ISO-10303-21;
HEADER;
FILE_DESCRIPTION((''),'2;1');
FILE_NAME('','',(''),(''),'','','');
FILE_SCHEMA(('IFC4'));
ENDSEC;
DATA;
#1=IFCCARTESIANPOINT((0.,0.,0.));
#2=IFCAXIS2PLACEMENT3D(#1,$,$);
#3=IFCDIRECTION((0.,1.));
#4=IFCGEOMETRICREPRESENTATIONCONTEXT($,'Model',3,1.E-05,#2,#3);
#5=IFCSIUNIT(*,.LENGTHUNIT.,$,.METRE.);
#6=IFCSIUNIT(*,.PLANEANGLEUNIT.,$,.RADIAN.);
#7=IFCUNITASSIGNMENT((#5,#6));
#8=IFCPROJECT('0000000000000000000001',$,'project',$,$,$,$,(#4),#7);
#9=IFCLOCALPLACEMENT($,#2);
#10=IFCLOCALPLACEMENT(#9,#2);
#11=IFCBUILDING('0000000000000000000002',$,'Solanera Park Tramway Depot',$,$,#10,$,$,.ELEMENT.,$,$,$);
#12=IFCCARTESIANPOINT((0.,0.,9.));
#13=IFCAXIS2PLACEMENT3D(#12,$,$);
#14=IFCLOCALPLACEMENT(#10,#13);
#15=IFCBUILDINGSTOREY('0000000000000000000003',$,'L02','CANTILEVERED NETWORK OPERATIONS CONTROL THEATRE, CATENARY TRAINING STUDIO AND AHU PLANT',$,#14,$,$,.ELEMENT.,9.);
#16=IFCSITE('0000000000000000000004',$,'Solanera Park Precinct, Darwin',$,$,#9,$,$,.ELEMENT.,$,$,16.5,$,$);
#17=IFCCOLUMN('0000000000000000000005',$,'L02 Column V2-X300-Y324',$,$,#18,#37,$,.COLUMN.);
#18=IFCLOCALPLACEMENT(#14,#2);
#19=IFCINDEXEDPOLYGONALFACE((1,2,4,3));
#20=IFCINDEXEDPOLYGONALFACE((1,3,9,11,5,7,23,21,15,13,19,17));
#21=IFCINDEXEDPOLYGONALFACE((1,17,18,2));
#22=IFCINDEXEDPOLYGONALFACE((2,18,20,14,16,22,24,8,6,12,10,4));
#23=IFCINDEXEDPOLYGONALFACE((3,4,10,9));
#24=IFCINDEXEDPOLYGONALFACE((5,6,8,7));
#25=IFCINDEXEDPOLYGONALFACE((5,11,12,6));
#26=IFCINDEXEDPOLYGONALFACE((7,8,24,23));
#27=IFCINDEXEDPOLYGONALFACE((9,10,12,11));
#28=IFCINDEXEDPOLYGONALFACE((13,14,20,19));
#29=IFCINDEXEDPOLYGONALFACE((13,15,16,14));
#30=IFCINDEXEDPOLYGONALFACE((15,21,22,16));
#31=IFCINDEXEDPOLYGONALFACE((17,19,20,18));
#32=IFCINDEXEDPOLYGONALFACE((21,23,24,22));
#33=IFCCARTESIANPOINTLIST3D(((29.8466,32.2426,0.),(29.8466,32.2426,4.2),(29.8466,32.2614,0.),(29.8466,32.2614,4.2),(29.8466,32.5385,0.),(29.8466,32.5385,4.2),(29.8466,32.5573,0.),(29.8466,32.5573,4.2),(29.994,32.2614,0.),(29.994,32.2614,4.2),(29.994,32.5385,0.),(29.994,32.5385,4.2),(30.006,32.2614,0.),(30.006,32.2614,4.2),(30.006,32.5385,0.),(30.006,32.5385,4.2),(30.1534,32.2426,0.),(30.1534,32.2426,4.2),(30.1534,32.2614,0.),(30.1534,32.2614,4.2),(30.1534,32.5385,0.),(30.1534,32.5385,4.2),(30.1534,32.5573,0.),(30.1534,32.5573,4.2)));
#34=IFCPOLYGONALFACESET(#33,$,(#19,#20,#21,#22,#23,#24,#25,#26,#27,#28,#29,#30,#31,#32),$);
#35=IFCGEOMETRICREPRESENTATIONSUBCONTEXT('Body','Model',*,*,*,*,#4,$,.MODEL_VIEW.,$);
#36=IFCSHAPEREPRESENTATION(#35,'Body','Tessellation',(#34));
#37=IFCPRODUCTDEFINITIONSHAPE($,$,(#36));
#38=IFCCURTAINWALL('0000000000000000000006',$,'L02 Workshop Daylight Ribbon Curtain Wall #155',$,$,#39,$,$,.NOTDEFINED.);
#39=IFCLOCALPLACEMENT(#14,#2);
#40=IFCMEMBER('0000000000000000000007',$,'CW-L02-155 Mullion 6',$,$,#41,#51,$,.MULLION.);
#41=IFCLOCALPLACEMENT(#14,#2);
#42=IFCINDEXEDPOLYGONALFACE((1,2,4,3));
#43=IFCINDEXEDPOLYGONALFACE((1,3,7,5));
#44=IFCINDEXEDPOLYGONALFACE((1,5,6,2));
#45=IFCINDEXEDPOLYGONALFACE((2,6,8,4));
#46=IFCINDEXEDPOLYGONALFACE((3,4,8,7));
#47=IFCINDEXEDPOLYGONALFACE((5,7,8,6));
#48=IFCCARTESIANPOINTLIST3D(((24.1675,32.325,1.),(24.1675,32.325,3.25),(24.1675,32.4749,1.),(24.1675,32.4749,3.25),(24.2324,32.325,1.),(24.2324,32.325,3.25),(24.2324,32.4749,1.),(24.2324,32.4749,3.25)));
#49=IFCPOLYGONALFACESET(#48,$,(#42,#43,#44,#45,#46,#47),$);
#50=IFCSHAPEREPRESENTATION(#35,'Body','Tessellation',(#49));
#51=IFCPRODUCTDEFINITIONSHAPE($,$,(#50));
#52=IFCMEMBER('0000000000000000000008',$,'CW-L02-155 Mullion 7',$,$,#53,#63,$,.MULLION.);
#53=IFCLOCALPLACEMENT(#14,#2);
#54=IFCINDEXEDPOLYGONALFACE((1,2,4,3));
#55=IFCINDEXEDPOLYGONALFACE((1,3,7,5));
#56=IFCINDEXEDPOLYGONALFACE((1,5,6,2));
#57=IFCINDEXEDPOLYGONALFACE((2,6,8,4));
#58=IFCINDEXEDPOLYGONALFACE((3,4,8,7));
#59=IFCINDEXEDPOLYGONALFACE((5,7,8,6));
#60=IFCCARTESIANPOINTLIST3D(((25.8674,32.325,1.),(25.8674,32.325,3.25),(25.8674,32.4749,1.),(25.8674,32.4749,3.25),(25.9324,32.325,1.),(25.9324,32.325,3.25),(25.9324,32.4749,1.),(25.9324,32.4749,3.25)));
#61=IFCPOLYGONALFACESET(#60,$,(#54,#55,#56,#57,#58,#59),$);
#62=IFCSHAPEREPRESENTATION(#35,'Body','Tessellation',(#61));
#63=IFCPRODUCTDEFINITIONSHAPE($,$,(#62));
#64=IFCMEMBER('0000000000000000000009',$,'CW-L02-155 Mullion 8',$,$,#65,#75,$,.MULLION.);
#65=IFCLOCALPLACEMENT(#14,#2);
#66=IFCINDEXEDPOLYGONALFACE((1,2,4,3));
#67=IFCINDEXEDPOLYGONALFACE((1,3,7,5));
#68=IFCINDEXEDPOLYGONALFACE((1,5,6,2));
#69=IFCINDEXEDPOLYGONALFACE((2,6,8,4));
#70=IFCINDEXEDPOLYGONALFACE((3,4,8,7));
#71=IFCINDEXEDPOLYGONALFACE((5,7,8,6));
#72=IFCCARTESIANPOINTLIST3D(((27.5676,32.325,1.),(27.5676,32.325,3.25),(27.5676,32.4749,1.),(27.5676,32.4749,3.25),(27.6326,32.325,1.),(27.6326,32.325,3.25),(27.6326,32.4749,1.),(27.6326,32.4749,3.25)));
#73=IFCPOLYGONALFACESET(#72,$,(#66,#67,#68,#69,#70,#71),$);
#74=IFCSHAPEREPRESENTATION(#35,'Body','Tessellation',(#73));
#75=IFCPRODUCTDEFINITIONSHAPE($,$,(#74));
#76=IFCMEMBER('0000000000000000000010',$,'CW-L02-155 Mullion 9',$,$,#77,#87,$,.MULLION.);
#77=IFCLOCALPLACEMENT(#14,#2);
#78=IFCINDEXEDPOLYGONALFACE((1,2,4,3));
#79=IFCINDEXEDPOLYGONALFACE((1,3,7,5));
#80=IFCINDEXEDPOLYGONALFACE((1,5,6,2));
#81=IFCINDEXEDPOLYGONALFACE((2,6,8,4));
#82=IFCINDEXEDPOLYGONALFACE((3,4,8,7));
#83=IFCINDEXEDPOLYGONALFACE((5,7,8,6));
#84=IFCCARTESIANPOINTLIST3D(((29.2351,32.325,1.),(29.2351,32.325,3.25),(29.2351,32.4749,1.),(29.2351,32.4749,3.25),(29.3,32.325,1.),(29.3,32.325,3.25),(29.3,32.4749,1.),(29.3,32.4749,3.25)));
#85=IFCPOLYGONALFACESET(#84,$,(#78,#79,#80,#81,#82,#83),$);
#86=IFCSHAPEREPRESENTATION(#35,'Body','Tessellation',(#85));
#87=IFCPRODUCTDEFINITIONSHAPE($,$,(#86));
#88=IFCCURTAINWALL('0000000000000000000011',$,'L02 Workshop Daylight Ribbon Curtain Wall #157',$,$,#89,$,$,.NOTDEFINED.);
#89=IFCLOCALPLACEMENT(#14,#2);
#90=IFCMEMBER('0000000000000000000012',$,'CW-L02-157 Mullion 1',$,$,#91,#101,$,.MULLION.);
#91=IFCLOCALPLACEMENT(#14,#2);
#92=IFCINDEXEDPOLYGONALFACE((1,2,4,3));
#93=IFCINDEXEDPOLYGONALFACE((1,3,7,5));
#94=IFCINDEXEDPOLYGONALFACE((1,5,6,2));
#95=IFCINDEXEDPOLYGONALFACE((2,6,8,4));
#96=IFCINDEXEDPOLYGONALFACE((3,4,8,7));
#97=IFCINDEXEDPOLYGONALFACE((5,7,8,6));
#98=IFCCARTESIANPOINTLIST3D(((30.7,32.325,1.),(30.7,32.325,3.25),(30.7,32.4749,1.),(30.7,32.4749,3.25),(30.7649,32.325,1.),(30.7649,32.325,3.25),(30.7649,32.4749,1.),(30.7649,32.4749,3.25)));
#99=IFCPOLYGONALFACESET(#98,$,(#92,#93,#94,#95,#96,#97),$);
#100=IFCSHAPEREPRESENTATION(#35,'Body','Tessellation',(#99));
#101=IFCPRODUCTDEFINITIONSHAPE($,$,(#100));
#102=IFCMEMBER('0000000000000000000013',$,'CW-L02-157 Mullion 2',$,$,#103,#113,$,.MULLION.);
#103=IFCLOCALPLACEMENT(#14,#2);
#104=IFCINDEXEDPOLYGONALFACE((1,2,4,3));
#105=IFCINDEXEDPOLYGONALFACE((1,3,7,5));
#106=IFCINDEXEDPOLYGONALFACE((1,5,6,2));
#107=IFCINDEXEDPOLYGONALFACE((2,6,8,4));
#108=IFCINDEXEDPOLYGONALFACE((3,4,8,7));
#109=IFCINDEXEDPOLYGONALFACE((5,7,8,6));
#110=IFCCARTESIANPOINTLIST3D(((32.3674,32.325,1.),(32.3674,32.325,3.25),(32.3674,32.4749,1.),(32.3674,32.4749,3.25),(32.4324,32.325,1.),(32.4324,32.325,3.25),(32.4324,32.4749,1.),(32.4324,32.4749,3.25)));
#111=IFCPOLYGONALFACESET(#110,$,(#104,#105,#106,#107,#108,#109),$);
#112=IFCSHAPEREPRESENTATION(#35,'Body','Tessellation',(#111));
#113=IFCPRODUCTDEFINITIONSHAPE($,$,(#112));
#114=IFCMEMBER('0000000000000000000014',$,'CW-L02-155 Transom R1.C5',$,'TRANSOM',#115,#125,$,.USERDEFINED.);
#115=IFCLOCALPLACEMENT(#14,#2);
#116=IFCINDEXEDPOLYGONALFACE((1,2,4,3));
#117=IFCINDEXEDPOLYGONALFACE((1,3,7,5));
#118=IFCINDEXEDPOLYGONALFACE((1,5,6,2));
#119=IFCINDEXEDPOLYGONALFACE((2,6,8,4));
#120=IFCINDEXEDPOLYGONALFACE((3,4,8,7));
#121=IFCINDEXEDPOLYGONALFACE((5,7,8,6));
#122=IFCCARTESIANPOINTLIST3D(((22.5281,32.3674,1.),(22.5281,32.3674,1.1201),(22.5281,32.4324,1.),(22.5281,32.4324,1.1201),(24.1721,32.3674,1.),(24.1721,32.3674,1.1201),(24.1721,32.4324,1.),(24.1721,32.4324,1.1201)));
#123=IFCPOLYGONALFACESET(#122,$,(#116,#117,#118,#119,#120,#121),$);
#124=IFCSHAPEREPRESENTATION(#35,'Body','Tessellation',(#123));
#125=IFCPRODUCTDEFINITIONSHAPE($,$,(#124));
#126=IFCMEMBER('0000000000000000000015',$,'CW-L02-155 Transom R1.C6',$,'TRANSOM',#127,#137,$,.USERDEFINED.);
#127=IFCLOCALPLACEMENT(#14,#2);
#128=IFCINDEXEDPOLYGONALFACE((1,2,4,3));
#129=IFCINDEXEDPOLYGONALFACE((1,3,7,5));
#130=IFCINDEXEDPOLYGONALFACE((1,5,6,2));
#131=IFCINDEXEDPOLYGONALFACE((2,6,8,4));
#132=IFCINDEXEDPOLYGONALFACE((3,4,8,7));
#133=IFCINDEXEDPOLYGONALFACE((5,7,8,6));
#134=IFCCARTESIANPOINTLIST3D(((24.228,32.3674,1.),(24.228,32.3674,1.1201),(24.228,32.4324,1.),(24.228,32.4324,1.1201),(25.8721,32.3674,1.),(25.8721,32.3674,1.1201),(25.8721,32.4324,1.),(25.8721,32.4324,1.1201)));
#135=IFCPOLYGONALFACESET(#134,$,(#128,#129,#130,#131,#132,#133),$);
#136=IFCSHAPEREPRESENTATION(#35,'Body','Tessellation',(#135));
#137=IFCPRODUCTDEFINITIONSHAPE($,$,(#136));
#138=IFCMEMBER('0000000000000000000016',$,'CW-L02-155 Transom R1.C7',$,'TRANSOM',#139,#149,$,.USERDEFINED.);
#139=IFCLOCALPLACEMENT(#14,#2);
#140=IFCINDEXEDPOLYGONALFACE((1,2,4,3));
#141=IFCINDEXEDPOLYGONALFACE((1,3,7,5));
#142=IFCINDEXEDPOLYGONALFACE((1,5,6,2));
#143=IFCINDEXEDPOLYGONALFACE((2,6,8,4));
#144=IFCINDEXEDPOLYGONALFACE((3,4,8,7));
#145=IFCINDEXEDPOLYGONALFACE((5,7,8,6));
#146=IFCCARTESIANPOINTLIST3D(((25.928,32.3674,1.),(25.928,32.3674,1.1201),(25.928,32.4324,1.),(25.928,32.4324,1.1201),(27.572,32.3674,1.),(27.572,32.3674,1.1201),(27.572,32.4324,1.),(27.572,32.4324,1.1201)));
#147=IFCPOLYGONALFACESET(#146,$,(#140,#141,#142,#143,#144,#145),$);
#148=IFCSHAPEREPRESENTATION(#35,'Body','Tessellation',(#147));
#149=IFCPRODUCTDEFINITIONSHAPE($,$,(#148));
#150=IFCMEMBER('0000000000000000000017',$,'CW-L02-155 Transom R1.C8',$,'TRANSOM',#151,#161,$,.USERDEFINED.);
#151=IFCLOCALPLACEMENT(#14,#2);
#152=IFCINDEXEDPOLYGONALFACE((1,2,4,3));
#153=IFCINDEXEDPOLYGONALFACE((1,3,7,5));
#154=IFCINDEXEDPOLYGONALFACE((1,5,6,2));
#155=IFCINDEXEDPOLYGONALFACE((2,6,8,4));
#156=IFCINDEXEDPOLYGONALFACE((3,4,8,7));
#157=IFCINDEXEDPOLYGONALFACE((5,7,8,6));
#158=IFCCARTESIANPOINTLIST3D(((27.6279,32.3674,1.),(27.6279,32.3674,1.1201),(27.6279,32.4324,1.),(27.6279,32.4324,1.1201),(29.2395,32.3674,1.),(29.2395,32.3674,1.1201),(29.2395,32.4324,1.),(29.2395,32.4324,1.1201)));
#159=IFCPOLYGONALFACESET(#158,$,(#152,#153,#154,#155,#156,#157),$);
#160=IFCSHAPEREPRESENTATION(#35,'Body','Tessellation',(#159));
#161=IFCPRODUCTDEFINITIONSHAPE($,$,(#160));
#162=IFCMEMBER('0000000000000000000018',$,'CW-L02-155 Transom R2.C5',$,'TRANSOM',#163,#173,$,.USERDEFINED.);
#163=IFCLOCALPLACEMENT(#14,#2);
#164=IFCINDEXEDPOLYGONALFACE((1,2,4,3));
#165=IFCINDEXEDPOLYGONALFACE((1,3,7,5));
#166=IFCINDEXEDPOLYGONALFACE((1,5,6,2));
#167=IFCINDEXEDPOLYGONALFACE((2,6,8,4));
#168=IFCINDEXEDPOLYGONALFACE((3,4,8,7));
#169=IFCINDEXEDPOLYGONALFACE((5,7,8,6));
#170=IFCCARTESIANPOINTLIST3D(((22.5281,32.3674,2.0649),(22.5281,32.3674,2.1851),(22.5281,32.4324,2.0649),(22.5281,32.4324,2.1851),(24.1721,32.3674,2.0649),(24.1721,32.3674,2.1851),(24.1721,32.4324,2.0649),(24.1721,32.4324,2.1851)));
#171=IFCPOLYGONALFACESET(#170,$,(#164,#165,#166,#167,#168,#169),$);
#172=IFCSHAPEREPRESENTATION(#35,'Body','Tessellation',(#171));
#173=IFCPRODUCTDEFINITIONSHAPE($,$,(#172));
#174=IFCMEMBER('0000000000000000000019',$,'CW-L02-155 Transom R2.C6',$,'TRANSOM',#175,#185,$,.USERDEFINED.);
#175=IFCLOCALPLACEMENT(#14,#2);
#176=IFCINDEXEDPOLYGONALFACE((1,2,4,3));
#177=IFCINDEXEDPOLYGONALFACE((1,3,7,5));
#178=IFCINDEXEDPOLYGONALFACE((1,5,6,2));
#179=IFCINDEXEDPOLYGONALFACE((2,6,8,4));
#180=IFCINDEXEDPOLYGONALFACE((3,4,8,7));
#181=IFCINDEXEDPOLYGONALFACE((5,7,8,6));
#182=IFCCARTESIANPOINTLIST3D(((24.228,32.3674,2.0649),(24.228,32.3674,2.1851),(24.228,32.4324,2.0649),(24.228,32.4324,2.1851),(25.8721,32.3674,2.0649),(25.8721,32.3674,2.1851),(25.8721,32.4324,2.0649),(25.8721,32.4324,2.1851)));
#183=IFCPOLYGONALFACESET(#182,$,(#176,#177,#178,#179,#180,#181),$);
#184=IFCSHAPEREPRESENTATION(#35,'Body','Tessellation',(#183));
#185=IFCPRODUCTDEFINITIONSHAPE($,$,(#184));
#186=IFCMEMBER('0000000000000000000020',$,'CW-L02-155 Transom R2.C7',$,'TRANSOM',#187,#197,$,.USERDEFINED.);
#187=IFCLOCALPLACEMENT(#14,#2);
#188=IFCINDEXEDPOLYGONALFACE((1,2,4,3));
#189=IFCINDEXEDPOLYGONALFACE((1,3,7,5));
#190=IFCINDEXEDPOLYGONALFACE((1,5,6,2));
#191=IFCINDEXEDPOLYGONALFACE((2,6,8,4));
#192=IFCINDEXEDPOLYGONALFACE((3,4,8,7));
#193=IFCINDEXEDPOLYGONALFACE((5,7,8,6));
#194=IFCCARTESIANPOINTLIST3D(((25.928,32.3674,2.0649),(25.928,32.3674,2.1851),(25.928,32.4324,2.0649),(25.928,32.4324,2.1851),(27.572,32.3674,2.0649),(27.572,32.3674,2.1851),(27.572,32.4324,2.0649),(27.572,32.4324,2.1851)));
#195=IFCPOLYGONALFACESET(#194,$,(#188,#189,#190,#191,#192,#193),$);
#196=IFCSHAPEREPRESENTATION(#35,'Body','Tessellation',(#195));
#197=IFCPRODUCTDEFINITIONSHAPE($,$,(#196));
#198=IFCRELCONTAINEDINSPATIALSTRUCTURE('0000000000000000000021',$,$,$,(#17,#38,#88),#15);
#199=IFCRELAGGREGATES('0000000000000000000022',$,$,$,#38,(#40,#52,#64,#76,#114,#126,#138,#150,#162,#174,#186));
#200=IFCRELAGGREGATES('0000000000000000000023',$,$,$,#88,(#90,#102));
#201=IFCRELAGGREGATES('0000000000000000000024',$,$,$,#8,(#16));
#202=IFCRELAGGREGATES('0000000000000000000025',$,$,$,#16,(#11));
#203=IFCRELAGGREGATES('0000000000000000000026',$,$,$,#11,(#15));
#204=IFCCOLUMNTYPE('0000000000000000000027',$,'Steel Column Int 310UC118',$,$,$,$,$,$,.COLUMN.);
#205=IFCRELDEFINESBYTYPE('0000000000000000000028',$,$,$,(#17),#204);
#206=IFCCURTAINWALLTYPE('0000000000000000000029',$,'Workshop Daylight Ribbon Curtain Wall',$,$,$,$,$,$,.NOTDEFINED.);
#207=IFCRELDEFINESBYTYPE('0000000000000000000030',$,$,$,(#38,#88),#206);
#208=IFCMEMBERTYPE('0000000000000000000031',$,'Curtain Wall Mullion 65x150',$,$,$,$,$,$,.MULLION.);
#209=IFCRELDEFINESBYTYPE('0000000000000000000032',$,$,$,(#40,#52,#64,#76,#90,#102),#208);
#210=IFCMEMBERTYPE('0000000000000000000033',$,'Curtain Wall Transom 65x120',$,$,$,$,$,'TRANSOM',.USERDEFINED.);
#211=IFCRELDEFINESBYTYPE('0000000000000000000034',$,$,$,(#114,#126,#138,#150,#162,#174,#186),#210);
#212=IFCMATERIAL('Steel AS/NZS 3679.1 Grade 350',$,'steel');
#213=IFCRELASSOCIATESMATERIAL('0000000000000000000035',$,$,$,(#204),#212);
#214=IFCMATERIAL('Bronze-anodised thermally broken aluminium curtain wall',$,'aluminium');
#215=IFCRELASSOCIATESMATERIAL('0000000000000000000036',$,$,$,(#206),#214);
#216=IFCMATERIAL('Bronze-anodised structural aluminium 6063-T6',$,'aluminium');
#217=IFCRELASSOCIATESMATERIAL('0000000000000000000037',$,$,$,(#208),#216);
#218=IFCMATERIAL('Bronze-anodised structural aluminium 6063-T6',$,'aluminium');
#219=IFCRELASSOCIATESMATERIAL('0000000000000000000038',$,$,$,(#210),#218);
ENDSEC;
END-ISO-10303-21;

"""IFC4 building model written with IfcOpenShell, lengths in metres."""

from ifc_helpers import new_model, si_unit, direction, frame, origin, origin_2d, place, context, subcontext, project, spatial, rectangle, i_section, extrude, material, material_profile, profile_set, type_object, element, aggregate, save


model = new_model("IFC4")

# Units and contexts
model_context = context("Model", 3, precision=1e-05, world=origin(), true_north=direction((0.0, 1.0)))
body_context = subcontext(model_context, "Body", "Model", "MODEL_VIEW")
ifc_project = project(units=[si_unit("LENGTHUNIT", "METRE"), si_unit("PLANEANGLEUNIT", "RADIAN")], contexts=[model_context])

# Site, building, storey
site_placement = place(None, origin())
site = spatial("IfcSite", under=ifc_project, at=site_placement, Name="Solanera Park Precinct, Darwin", CompositionType="ELEMENT", RefElevation=16.5)
building_placement = place(site_placement, origin())
building = spatial("IfcBuilding", under=site, at=building_placement, Name="Solanera Park Tramway Depot", CompositionType="ELEMENT")
storey_placement = place(building_placement, frame((0.0, 0.0, 9.0)))
storey = spatial("IfcBuildingStorey", under=building, at=storey_placement, Name="L02", Description="CANTILEVERED NETWORK OPERATIONS CONTROL THEATRE, CATENARY TRAINING STUDIO AND AHU PLANT", CompositionType="ELEMENT", Elevation=9.0)

# Column
ifc_material_1 = material(Name="Steel AS/NZS 3679.1 Grade 350", Category="steel")
ifc_material_profile_1 = material_profile(ifc_material_1, i_section(OverallWidth=0.3069, OverallDepth=0.3147, WebThickness=0.012, FlangeThickness=0.0188, at=origin_2d()), Name="310UC118")
ifc_profile_set_1 = profile_set([ifc_material_profile_1], Name="Steel AS/NZS 3679.1 Grade 350")
column_type = type_object("IfcColumnType", Name="Steel Column Int 310UC118", PredefinedType="COLUMN", material=ifc_profile_set_1)
column_placement = place(storey_placement, frame((30.0, 32.3999, 0.0), z_axis=(0.0, 0.0, 1.0), x_axis=(1.0, 0.0, 0.0)))
element("IfcColumn", 1, at=column_placement, inside=storey, type_object=column_type, Name="L02 Column V2-X300-Y324", PredefinedType="COLUMN", context=body_context, shape_type="SweptSolid", body=[
    extrude(i_section(OverallWidth=0.3069, OverallDepth=0.3147, WebThickness=0.012, FlangeThickness=0.0188, at=origin_2d()), origin(), (0.0, 0.0, 1.0), 4.2),
])

# Curtain walls, members
ifc_material_2 = material(Name="Bronze-anodised thermally broken aluminium curtain wall", Category="aluminium")
curtain_wall_type = type_object("IfcCurtainWallType", Name="Workshop Daylight Ribbon Curtain Wall", PredefinedType="NOTDEFINED", material=ifc_material_2)
curtain_wall_1_placement = place(storey_placement, origin())
curtain_wall_1 = element("IfcCurtainWall", 2, at=curtain_wall_1_placement, inside=storey, type_object=curtain_wall_type, Name="L02 Workshop Daylight Ribbon Curtain Wall #155", PredefinedType="NOTDEFINED")
ifc_material_3 = material(Name="Bronze-anodised structural aluminium 6063-T6", Category="aluminium")
ifc_material_profile_2 = material_profile(ifc_material_3, rectangle(XDim=0.0649, YDim=0.1499, at=origin_2d()), Name="Curtain Wall Mullion 65x150")
ifc_profile_set_2 = profile_set([ifc_material_profile_2], Name="Bronze-anodised structural aluminium 6063-T6")
member_type_1 = type_object("IfcMemberType", Name="Curtain Wall Mullion 65x150", PredefinedType="MULLION", material=ifc_profile_set_2)
member_1_placement = place(storey_placement, frame((24.2, 32.3999, 1.0), z_axis=(0.0, 0.0, 1.0), x_axis=(1.0, 0.0, 0.0)))
member_1 = element("IfcMember", 3, at=member_1_placement, type_object=member_type_1, Name="CW-L02-155 Mullion 6", PredefinedType="MULLION", context=body_context, shape_type="SweptSolid", body=[
    extrude(rectangle(XDim=0.0649, YDim=0.1499, at=origin_2d()), origin(), (0.0, 0.0, 1.0), 2.25),
])
member_2_placement = place(storey_placement, frame((25.8999, 32.3999, 1.0), z_axis=(0.0, 0.0, 1.0), x_axis=(1.0, 0.0, 0.0)))
member_2 = element("IfcMember", 4, at=member_2_placement, type_object=member_type_1, Name="CW-L02-155 Mullion 7", PredefinedType="MULLION", context=body_context, shape_type="SweptSolid", body=[
    extrude(rectangle(XDim=0.0649, YDim=0.1499, at=origin_2d()), origin(), (0.0, 0.0, 1.0), 2.25),
])
member_3_placement = place(storey_placement, frame((27.6001, 32.3999, 1.0), z_axis=(0.0, 0.0, 1.0), x_axis=(1.0, 0.0, 0.0)))
member_3 = element("IfcMember", 5, at=member_3_placement, type_object=member_type_1, Name="CW-L02-155 Mullion 8", PredefinedType="MULLION", context=body_context, shape_type="SweptSolid", body=[
    extrude(rectangle(XDim=0.0649, YDim=0.1499, at=origin_2d()), origin(), (0.0, 0.0, 1.0), 2.25),
])
member_4_placement = place(storey_placement, frame((29.2676, 32.3999, 1.0), z_axis=(0.0, 0.0, 1.0), x_axis=(1.0, 0.0, 0.0)))
member_4 = element("IfcMember", 6, at=member_4_placement, type_object=member_type_1, Name="CW-L02-155 Mullion 9", PredefinedType="MULLION", context=body_context, shape_type="SweptSolid", body=[
    extrude(rectangle(XDim=0.0649, YDim=0.1499, at=origin_2d()), origin(), (0.0, 0.0, 1.0), 2.25),
])
curtain_wall_2_placement = place(storey_placement, origin())
curtain_wall_2 = element("IfcCurtainWall", 7, at=curtain_wall_2_placement, inside=storey, type_object=curtain_wall_type, Name="L02 Workshop Daylight Ribbon Curtain Wall #157", PredefinedType="NOTDEFINED")
member_5_placement = place(storey_placement, frame((30.7324, 32.3999, 1.0), z_axis=(0.0, 0.0, 1.0), x_axis=(1.0, 0.0, 0.0)))
member_5 = element("IfcMember", 8, at=member_5_placement, type_object=member_type_1, Name="CW-L02-157 Mullion 1", PredefinedType="MULLION", context=body_context, shape_type="SweptSolid", body=[
    extrude(rectangle(XDim=0.0649, YDim=0.1499, at=origin_2d()), origin(), (0.0, 0.0, 1.0), 2.25),
])
member_6_placement = place(storey_placement, frame((32.3999, 32.3999, 1.0), z_axis=(0.0, 0.0, 1.0), x_axis=(1.0, 0.0, 0.0)))
member_6 = element("IfcMember", 9, at=member_6_placement, type_object=member_type_1, Name="CW-L02-157 Mullion 2", PredefinedType="MULLION", context=body_context, shape_type="SweptSolid", body=[
    extrude(rectangle(XDim=0.0649, YDim=0.1499, at=origin_2d()), origin(), (0.0, 0.0, 1.0), 2.25),
])

# Members
ifc_material_4 = material(Name="Bronze-anodised structural aluminium 6063-T6", Category="aluminium")
ifc_material_profile_3 = material_profile(ifc_material_4, rectangle(XDim=0.0649, YDim=0.1201, at=origin_2d()), Name="Curtain Wall Transom 65x120")
ifc_profile_set_3 = profile_set([ifc_material_profile_3], Name="Bronze-anodised structural aluminium 6063-T6")
member_type_2 = type_object("IfcMemberType", Name="Curtain Wall Transom 65x120", ElementType="TRANSOM", PredefinedType="USERDEFINED", material=ifc_profile_set_3)
member_7_placement = place(storey_placement, frame((22.5281, 32.3999, 1.0601), z_axis=(1.0, 0.0, 0.0), x_axis=(0.0, 1.0, 0.0)))
member_7 = element("IfcMember", 10, at=member_7_placement, type_object=member_type_2, Name="CW-L02-155 Transom R1.C5", ObjectType="TRANSOM", PredefinedType="USERDEFINED", context=body_context, shape_type="SweptSolid", body=[
    extrude(rectangle(XDim=0.0649, YDim=0.1201, at=origin_2d()), origin(), (0.0, 0.0, 1.0), 1.644),
])
member_8_placement = place(storey_placement, frame((24.228, 32.3999, 1.0601), z_axis=(1.0, 0.0, 0.0), x_axis=(0.0, 1.0, 0.0)))
member_8 = element("IfcMember", 11, at=member_8_placement, type_object=member_type_2, Name="CW-L02-155 Transom R1.C6", ObjectType="TRANSOM", PredefinedType="USERDEFINED", context=body_context, shape_type="SweptSolid", body=[
    extrude(rectangle(XDim=0.0649, YDim=0.1201, at=origin_2d()), origin(), (0.0, 0.0, 1.0), 1.644),
])
member_9_placement = place(storey_placement, frame((25.928, 32.3999, 1.0601), z_axis=(1.0, 0.0, 0.0), x_axis=(0.0, 1.0, 0.0)))
member_9 = element("IfcMember", 12, at=member_9_placement, type_object=member_type_2, Name="CW-L02-155 Transom R1.C7", ObjectType="TRANSOM", PredefinedType="USERDEFINED", context=body_context, shape_type="SweptSolid", body=[
    extrude(rectangle(XDim=0.0649, YDim=0.1201, at=origin_2d()), origin(), (0.0, 0.0, 1.0), 1.644),
])
member_10_placement = place(storey_placement, frame((27.6279, 32.3999, 1.0601), z_axis=(1.0, 0.0, 0.0), x_axis=(0.0, 1.0, 0.0)))
member_10 = element("IfcMember", 13, at=member_10_placement, type_object=member_type_2, Name="CW-L02-155 Transom R1.C8", ObjectType="TRANSOM", PredefinedType="USERDEFINED", context=body_context, shape_type="SweptSolid", body=[
    extrude(rectangle(XDim=0.0649, YDim=0.1201, at=origin_2d()), origin(), (0.0, 0.0, 1.0), 1.6116),
])
member_11_placement = place(storey_placement, frame((22.5281, 32.3999, 2.125), z_axis=(1.0, 0.0, 0.0), x_axis=(0.0, 1.0, 0.0)))
member_11 = element("IfcMember", 14, at=member_11_placement, type_object=member_type_2, Name="CW-L02-155 Transom R2.C5", ObjectType="TRANSOM", PredefinedType="USERDEFINED", context=body_context, shape_type="SweptSolid", body=[
    extrude(rectangle(XDim=0.0649, YDim=0.1201, at=origin_2d()), origin(), (0.0, 0.0, 1.0), 1.644),
])
member_12_placement = place(storey_placement, frame((24.228, 32.3999, 2.125), z_axis=(1.0, 0.0, 0.0), x_axis=(0.0, 1.0, 0.0)))
member_12 = element("IfcMember", 15, at=member_12_placement, type_object=member_type_2, Name="CW-L02-155 Transom R2.C6", ObjectType="TRANSOM", PredefinedType="USERDEFINED", context=body_context, shape_type="SweptSolid", body=[
    extrude(rectangle(XDim=0.0649, YDim=0.1201, at=origin_2d()), origin(), (0.0, 0.0, 1.0), 1.644),
])
member_13_placement = place(storey_placement, frame((25.928, 32.3999, 2.125), z_axis=(1.0, 0.0, 0.0), x_axis=(0.0, 1.0, 0.0)))
member_13 = element("IfcMember", 16, at=member_13_placement, type_object=member_type_2, Name="CW-L02-155 Transom R2.C7", ObjectType="TRANSOM", PredefinedType="USERDEFINED", context=body_context, shape_type="SweptSolid", body=[
    extrude(rectangle(XDim=0.0649, YDim=0.1201, at=origin_2d()), origin(), (0.0, 0.0, 1.0), 1.644),
])

aggregate(curtain_wall_1, [member_1, member_2, member_3, member_4, member_7, member_8, member_9, member_10, member_11, member_12, member_13])
aggregate(curtain_wall_2, [member_5, member_6])

save(model, "model.ifc")
